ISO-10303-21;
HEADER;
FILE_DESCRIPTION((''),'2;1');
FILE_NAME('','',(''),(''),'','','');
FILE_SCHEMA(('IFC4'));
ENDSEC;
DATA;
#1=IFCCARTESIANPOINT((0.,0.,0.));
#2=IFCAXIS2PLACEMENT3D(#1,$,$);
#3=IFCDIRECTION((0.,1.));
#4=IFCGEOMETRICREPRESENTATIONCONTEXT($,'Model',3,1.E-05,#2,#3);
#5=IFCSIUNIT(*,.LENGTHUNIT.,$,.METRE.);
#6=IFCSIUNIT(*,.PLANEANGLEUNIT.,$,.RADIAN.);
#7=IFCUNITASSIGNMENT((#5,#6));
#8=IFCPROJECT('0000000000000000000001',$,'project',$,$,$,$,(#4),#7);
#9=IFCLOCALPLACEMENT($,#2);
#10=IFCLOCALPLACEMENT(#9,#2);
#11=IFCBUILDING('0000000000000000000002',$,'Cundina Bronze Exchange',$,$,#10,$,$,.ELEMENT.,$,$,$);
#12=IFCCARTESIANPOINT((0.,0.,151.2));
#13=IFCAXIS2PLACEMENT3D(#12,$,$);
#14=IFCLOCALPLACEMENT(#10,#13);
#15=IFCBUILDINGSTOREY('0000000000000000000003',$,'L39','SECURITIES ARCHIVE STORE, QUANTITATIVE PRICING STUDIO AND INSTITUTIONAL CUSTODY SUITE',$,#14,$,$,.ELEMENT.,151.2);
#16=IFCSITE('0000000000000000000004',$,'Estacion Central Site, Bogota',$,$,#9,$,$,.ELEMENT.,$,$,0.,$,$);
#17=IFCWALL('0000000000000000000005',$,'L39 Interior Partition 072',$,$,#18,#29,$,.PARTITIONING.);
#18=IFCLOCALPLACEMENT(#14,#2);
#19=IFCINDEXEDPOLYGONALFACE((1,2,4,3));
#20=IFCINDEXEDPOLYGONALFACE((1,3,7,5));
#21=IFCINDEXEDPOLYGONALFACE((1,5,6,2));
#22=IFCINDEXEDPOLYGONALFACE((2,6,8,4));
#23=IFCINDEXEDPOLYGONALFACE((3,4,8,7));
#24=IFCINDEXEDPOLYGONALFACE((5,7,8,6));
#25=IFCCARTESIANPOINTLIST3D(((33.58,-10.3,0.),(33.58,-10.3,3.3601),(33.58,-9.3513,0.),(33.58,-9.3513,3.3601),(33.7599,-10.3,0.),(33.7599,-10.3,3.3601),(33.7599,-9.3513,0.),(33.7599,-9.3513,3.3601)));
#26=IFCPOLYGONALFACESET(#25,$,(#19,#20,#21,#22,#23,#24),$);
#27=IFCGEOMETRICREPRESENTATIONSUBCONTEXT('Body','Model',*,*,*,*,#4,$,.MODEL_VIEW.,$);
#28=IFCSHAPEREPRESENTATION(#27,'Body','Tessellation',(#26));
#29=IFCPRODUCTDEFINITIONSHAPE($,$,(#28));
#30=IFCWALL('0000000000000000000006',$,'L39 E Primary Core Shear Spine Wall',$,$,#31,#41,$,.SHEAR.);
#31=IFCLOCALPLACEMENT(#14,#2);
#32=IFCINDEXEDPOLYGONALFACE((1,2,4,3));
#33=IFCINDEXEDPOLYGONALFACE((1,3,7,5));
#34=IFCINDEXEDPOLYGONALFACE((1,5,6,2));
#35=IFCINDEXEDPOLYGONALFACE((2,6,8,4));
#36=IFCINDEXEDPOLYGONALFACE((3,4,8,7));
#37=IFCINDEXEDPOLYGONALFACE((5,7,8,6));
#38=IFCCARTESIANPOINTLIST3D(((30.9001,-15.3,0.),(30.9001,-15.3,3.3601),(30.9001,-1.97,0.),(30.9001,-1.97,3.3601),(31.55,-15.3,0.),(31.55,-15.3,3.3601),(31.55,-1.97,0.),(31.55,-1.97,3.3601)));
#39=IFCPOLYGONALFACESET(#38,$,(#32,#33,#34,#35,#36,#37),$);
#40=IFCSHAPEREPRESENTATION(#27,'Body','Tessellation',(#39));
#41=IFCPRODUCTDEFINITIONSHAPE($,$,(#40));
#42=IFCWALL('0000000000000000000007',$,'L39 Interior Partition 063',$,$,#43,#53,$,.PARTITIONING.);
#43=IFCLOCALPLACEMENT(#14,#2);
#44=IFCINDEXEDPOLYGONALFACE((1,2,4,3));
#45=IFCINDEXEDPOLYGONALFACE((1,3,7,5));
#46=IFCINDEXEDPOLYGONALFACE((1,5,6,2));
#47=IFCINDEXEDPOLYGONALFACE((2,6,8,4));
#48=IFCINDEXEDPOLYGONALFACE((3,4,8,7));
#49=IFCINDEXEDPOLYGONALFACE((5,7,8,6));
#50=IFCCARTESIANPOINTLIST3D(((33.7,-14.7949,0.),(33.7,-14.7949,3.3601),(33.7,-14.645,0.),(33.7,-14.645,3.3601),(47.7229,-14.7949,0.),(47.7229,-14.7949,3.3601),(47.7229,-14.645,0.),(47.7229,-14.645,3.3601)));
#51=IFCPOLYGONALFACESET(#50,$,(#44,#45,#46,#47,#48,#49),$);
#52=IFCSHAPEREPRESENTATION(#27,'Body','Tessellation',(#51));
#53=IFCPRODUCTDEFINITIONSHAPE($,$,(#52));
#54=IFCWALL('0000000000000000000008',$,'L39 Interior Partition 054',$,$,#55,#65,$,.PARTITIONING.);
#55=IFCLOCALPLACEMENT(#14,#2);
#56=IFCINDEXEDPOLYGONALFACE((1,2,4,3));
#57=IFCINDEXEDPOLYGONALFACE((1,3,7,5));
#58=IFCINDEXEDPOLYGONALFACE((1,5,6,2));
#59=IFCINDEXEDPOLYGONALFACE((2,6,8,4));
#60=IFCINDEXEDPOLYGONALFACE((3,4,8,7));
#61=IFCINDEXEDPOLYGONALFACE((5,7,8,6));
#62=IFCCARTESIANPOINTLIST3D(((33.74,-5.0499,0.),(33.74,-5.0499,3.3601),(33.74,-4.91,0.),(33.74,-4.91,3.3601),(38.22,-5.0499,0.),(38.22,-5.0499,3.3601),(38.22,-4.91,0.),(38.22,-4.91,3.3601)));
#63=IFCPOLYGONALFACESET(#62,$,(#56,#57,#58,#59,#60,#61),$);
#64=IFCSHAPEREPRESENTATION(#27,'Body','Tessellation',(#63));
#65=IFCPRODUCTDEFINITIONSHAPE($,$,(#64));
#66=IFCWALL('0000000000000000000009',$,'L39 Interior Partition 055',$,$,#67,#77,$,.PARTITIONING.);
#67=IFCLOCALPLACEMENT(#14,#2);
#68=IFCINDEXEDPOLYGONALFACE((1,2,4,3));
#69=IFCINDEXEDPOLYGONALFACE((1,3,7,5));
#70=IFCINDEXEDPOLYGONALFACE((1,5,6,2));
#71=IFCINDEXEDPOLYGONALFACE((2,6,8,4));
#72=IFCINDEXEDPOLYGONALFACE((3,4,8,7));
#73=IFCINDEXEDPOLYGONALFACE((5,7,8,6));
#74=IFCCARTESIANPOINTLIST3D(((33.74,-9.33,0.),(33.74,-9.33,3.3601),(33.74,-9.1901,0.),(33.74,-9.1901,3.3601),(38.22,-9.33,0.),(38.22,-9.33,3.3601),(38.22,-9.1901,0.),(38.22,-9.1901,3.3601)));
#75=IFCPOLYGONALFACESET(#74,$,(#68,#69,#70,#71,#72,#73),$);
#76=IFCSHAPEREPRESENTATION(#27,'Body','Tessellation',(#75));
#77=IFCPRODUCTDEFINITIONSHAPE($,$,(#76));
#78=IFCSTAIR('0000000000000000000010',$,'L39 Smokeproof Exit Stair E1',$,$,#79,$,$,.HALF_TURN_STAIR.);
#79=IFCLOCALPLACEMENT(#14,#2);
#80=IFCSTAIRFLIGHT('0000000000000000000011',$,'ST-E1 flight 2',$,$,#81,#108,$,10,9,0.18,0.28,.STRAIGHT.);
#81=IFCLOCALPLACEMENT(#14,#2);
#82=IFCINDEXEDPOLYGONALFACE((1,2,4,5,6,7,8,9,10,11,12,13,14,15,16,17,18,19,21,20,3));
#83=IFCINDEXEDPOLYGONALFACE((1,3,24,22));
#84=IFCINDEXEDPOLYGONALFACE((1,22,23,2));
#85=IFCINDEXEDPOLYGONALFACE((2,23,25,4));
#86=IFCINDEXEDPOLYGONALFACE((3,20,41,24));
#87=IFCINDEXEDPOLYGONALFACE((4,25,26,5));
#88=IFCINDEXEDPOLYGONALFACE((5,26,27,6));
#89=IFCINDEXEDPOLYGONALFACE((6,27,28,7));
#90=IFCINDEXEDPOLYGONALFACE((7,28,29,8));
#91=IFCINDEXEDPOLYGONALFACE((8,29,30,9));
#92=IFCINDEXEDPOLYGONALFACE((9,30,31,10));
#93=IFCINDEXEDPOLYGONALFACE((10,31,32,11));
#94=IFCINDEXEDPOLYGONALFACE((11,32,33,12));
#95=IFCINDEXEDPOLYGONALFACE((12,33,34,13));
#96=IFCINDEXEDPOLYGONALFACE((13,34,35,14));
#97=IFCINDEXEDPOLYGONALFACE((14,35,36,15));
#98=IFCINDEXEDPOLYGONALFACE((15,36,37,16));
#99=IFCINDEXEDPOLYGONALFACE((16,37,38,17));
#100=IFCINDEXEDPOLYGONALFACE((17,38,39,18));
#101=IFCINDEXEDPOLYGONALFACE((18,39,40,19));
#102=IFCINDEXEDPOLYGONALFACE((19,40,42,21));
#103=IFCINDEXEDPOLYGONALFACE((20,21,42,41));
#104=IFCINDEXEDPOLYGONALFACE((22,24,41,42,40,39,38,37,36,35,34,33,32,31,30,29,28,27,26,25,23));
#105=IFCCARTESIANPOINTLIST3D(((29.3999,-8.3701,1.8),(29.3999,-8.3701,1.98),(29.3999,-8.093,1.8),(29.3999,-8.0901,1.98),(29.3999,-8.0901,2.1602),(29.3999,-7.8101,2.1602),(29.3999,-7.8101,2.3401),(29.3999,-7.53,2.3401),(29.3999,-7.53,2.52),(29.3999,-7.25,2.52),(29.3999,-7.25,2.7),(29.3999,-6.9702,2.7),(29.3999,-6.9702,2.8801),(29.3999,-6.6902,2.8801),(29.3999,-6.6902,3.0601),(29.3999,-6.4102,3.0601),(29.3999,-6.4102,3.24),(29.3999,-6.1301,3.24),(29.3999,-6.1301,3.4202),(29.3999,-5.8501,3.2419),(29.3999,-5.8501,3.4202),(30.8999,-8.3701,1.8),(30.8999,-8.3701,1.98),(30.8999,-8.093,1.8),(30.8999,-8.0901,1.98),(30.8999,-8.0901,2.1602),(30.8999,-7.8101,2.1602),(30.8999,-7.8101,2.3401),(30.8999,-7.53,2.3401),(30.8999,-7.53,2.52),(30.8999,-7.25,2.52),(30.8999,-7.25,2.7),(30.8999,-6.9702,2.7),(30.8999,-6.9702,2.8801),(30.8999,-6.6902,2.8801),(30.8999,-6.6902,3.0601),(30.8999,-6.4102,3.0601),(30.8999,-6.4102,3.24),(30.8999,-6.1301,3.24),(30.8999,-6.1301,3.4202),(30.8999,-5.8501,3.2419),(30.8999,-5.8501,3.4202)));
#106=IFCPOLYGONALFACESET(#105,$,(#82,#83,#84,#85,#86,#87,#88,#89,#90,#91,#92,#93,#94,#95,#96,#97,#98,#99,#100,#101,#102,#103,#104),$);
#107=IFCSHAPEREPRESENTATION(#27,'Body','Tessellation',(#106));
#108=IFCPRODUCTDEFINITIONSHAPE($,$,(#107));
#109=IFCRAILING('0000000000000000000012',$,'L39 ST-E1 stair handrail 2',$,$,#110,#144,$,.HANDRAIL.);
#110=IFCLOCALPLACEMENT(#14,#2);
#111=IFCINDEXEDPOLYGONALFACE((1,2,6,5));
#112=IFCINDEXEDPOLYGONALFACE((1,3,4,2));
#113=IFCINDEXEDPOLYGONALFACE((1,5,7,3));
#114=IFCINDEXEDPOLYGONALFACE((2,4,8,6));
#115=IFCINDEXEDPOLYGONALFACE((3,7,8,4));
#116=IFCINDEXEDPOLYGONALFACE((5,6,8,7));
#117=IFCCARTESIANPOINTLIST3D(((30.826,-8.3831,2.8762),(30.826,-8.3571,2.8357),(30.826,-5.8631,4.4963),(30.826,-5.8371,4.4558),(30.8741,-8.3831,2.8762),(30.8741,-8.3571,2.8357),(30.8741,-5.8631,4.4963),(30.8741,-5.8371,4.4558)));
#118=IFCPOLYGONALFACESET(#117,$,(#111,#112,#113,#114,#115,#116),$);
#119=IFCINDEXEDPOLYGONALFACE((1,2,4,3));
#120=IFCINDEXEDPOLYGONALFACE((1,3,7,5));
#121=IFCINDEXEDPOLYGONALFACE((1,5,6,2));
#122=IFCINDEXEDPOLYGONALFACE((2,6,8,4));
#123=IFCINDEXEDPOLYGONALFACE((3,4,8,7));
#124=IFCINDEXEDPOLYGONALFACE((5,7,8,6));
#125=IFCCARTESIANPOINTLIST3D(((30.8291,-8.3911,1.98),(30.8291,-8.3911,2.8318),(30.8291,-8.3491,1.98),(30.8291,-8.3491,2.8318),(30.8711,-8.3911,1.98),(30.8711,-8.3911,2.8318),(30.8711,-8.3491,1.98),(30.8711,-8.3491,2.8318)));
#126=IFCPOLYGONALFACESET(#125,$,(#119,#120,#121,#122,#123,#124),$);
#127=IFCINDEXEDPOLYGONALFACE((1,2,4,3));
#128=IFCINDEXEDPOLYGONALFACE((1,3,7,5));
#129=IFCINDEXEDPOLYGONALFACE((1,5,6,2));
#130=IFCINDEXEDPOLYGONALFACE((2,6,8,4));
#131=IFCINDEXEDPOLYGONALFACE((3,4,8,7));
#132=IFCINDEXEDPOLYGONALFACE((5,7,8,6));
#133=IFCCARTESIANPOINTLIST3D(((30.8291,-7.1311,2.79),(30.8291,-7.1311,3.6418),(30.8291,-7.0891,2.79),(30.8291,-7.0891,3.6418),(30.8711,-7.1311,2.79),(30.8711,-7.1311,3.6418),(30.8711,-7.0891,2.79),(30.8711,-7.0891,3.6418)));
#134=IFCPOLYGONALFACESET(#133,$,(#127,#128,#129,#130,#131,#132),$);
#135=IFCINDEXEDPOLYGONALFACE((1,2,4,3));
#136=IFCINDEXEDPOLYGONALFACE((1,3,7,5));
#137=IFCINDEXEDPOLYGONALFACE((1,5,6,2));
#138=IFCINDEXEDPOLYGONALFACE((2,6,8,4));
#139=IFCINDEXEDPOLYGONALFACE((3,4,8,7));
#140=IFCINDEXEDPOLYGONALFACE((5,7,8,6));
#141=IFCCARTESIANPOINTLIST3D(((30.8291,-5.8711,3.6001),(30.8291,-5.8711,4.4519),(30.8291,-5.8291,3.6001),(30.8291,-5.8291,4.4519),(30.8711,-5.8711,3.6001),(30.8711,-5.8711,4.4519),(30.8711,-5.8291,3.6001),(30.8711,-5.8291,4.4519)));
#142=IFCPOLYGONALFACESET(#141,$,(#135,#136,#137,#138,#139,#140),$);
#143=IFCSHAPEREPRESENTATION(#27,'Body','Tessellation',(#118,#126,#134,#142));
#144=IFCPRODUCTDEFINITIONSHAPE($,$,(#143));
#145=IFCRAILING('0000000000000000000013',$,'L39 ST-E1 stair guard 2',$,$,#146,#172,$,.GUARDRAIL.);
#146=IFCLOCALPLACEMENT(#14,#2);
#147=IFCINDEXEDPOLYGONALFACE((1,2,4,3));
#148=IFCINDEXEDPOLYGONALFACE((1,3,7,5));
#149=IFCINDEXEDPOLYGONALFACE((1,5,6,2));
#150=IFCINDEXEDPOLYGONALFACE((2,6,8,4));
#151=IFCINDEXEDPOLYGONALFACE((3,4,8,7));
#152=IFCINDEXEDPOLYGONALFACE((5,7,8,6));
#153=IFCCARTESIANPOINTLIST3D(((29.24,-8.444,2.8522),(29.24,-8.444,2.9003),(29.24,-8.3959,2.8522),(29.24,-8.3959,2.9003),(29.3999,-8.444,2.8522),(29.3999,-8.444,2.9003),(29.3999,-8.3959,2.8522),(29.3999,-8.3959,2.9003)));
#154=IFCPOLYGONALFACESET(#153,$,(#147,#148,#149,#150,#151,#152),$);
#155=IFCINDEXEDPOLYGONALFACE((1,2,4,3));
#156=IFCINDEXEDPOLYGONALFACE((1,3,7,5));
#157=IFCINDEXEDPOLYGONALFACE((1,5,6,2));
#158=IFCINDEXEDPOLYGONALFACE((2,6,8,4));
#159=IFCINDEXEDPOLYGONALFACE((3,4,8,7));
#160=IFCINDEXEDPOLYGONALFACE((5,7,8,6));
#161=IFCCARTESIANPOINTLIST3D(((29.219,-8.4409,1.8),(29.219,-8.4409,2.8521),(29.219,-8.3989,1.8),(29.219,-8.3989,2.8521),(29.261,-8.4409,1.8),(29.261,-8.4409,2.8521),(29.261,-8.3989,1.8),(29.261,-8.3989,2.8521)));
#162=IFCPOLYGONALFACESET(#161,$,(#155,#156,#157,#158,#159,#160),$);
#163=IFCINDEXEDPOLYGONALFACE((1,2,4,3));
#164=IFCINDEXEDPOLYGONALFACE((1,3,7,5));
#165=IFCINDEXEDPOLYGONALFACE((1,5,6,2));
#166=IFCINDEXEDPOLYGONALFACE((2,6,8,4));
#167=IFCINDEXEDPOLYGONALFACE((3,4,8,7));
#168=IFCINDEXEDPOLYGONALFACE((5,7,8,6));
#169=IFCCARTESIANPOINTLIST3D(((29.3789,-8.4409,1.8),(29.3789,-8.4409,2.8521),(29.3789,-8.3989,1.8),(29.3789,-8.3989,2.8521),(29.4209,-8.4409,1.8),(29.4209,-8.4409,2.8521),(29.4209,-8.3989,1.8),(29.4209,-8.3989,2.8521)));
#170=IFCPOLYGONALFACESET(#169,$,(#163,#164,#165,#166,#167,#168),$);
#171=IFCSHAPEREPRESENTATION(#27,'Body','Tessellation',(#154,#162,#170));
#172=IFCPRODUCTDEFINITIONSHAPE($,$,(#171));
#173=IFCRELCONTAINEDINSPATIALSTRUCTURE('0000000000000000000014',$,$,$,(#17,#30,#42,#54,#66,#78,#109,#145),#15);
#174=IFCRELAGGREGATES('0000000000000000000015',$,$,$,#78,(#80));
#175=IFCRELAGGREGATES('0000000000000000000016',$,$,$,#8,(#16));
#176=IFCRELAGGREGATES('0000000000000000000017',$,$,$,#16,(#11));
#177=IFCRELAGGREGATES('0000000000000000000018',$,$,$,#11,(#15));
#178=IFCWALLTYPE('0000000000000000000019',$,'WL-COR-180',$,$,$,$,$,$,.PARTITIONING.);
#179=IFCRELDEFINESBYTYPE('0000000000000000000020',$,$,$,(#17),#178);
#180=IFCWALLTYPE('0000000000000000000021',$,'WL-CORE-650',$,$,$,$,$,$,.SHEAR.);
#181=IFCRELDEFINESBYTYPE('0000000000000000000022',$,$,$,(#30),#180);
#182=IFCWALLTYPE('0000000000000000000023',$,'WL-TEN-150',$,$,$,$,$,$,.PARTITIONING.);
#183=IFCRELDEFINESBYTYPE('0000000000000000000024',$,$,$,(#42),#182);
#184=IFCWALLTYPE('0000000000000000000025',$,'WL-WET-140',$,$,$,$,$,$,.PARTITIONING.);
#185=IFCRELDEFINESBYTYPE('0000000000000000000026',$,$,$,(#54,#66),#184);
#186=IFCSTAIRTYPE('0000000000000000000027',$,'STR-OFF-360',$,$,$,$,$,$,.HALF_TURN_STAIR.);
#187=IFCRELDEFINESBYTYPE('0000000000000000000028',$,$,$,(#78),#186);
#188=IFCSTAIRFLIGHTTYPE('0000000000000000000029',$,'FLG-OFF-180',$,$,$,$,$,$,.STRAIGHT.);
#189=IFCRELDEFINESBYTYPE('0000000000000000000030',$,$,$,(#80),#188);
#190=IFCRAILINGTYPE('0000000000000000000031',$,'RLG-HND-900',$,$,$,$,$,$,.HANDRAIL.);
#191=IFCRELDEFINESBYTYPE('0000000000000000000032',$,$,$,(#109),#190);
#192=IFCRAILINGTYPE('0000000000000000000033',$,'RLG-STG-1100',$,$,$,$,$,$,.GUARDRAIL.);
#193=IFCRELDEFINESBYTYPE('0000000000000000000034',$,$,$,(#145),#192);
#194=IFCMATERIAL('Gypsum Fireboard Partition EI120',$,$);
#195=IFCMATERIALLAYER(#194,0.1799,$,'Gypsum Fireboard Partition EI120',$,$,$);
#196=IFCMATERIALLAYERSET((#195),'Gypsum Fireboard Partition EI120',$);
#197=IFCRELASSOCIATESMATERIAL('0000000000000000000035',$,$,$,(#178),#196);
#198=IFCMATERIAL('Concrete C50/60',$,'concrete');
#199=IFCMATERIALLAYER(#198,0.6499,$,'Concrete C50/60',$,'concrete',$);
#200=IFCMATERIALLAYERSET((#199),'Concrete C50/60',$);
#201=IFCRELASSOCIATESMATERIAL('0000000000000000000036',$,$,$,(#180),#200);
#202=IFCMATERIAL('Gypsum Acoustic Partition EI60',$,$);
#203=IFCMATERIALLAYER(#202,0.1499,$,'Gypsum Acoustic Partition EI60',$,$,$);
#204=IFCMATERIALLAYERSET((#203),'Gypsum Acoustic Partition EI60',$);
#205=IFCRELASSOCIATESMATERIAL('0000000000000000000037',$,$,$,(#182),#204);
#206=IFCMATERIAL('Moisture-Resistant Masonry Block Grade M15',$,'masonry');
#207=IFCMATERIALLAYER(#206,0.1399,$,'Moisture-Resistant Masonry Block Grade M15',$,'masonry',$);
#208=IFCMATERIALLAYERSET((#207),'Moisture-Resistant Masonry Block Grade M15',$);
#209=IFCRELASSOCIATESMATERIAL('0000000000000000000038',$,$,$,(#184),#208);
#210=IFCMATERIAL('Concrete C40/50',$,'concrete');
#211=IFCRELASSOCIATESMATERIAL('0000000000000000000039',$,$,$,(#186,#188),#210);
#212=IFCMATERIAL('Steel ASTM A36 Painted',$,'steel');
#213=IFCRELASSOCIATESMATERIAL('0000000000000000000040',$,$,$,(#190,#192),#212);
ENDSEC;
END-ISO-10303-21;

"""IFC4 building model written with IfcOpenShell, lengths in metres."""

from ifc_helpers import new_model, si_unit, direction, frame, frame_2d, origin, origin_2d, place, context, subcontext, project, spatial, polyline, rectangle, outline, extrude, material, layer, layer_set, type_object, element, aggregate, save


model = new_model("IFC4")

# Units and contexts
model_context = context("Model", 3, precision=1e-05, world=origin(), true_north=direction((0.0, 1.0)))
body_context = subcontext(model_context, "Body", "Model", "MODEL_VIEW")
ifc_project = project(units=[si_unit("LENGTHUNIT", "METRE"), si_unit("PLANEANGLEUNIT", "RADIAN")], contexts=[model_context])

# Site, building, storey
site_placement = place(None, origin())
site = spatial("IfcSite", under=ifc_project, at=site_placement, Name="Estacion Central Site, Bogota", CompositionType="ELEMENT", RefElevation=0.0)
building_placement = place(site_placement, origin())
building = spatial("IfcBuilding", under=site, at=building_placement, Name="Cundina Bronze Exchange", CompositionType="ELEMENT")
storey_placement = place(building_placement, frame((0.0, 0.0, 151.2)))
storey = spatial("IfcBuildingStorey", under=building, at=storey_placement, Name="L39", Description="SECURITIES ARCHIVE STORE, QUANTITATIVE PRICING STUDIO AND INSTITUTIONAL CUSTODY SUITE", CompositionType="ELEMENT", Elevation=151.2)

# Shared definitions
ifc_material_1 = material(Name="Concrete C50/60", Category="concrete")

# Shared definitions
ifc_material_2 = material(Name="Gypsum Fireboard Partition EI120")
ifc_layer_1 = layer(ifc_material_2, 0.1799, Name="Gypsum Fireboard Partition EI120")
ifc_layer_set_1 = layer_set([ifc_layer_1], Name="Gypsum Fireboard Partition EI120")
wall_type_1 = type_object("IfcWallType", Name="WL-COR-180", PredefinedType="PARTITIONING", material=ifc_layer_set_1)

# Walls
wall_1_placement = place(storey_placement, frame((33.6699, -10.3, 0.0), z_axis=(0.0, 0.0, 1.0), x_axis=(0.0, 1.0, 0.0)))
element("IfcWall", 1, at=wall_1_placement, inside=storey, type_object=wall_type_1, Name="L39 Interior Partition 072", PredefinedType="PARTITIONING", context=body_context, shape_type="SweptSolid", body=[
    extrude(rectangle(XDim=0.9487, YDim=0.1799, at=frame_2d((0.4744, 0.0))), origin(), (0.0, 0.0, 1.0), 3.3601),
])
ifc_layer_2 = layer(ifc_material_1, 0.6499, Name="Concrete C50/60", Category="concrete")
ifc_layer_set_2 = layer_set([ifc_layer_2], Name="Concrete C50/60")
wall_type_2 = type_object("IfcWallType", Name="WL-CORE-650", PredefinedType="SHEAR", material=ifc_layer_set_2)
wall_2_placement = place(storey_placement, frame((31.2251, -15.3, 0.0), z_axis=(0.0, 0.0, 1.0), x_axis=(0.0, 1.0, 0.0)))
element("IfcWall", 2, at=wall_2_placement, inside=storey, type_object=wall_type_2, Name="L39 E Primary Core Shear Spine Wall", PredefinedType="SHEAR", context=body_context, shape_type="SweptSolid", body=[
    extrude(rectangle(XDim=13.3301, YDim=0.6499, at=frame_2d((6.665, 0.0))), origin(), (0.0, 0.0, 1.0), 3.3601),
])
ifc_material_3 = material(Name="Gypsum Acoustic Partition EI60")
ifc_layer_3 = layer(ifc_material_3, 0.1499, Name="Gypsum Acoustic Partition EI60")
ifc_layer_set_3 = layer_set([ifc_layer_3], Name="Gypsum Acoustic Partition EI60")
wall_type_3 = type_object("IfcWallType", Name="WL-TEN-150", PredefinedType="PARTITIONING", material=ifc_layer_set_3)
wall_3_placement = place(storey_placement, frame((33.7, -14.72, 0.0), z_axis=(0.0, 0.0, 1.0), x_axis=(1.0, 0.0, 0.0)))
element("IfcWall", 3, at=wall_3_placement, inside=storey, type_object=wall_type_3, Name="L39 Interior Partition 063", PredefinedType="PARTITIONING", context=body_context, shape_type="SweptSolid", body=[
    extrude(rectangle(XDim=14.0229, YDim=0.1499, at=frame_2d((7.0115, 0.0))), origin(), (0.0, 0.0, 1.0), 3.3601),
])
ifc_material_4 = material(Name="Moisture-Resistant Masonry Block Grade M15", Category="masonry")
ifc_layer_4 = layer(ifc_material_4, 0.1399, Name="Moisture-Resistant Masonry Block Grade M15", Category="masonry")
ifc_layer_set_4 = layer_set([ifc_layer_4], Name="Moisture-Resistant Masonry Block Grade M15")
wall_type_4 = type_object("IfcWallType", Name="WL-WET-140", PredefinedType="PARTITIONING", material=ifc_layer_set_4)
for number, where, z_axis, x_axis, name in (
    (4, (33.74, -4.98, 0.0), (0.0, 0.0, 1.0), (1.0, 0.0, 0.0), "L39 Interior Partition 054"),
    (5, (33.74, -9.26, 0.0), (0.0, 0.0, 1.0), (1.0, 0.0, 0.0), "L39 Interior Partition 055"),
):
    element("IfcWall", number, at=place(storey_placement, frame(where, z_axis=z_axis, x_axis=x_axis)), inside=storey, type_object=wall_type_4, Name=name, PredefinedType="PARTITIONING", context=body_context, shape_type="SweptSolid", body=[
        extrude(rectangle(XDim=4.48, YDim=0.1399, at=frame_2d((2.24, 0.0))), origin(), (0.0, 0.0, 1.0), 3.3601),
    ])

# Stair, stair flight
ifc_material_5 = material(Name="Concrete C40/50", Category="concrete")
stair_type = type_object("IfcStairType", Name="STR-OFF-360", PredefinedType="HALF_TURN_STAIR", material=ifc_material_5)
stair_placement = place(storey_placement, origin())
stair = element("IfcStair", 6, at=stair_placement, inside=storey, type_object=stair_type, Name="L39 Smokeproof Exit Stair E1", PredefinedType="HALF_TURN_STAIR")
stair_flight_type = type_object("IfcStairFlightType", Name="FLG-OFF-180", PredefinedType="STRAIGHT", material=ifc_material_5)
stair_flight_placement = place(storey_placement, frame((30.1499, -8.3701, 1.8), z_axis=(0.0, 0.0, 1.0), x_axis=(0.0, 1.0, 0.0)))
stair_flight = element("IfcStairFlight", 7, at=stair_flight_placement, type_object=stair_flight_type, Name="ST-E1 flight 2", NumberOfRisers=10, NumberOfTreads=9, PredefinedType="STRAIGHT", RiserHeight=0.18, TreadLength=0.28, context=body_context, shape_type="SweptSolid", body=[
    extrude(outline(polyline([(0.0, 0.0), (0.0, 0.1799), (0.28, 0.1799), (0.28, 0.3601), (0.5601, 0.3601), (0.5601, 0.54), (0.8401, 0.54), (0.8401, 0.72), (1.1201, 0.72), (1.1201, 0.8999), (1.3999, 0.8999), (1.3999, 1.0801), (1.6799, 1.0801), (1.6799, 1.26), (1.96, 1.26), (1.96, 1.4399), (2.24, 1.4399), (2.24, 1.6201), (2.52, 1.6201), (2.52, 1.8), (2.52, 1.4419), (0.2771, 0.0), (0.0, 0.0)])), frame((0.0, 0.75, 0.0), z_axis=(0.0, -1.0, 0.0), x_axis=(1.0, 0.0, 0.0)), (0.0, 0.0, 1.0), 1.5),
])
aggregate(stair, [stair_flight])

# Railings
ifc_material_6 = material(Name="Steel ASTM A36 Painted", Category="steel")
railing_type_1 = type_object("IfcRailingType", Name="RLG-HND-900", PredefinedType="HANDRAIL", material=ifc_material_6)
railing_1_placement = place(storey_placement, frame((30.8501, -8.3701, 1.98)))
element("IfcRailing", 8, at=railing_1_placement, inside=storey, type_object=railing_type_1, Name="L39 ST-E1 stair handrail 2", PredefinedType="HANDRAIL", context=body_context, shape_type="SweptSolid", body=[
    extrude(rectangle(XDim=0.0481, YDim=0.0481, at=origin_2d()), frame((0.0, 0.0, 0.876), z_axis=(0.0, 0.841163, 0.540782), x_axis=(-1.0, 0.0, 0.0)), (0.0, 0.0, 1.0), 2.9958),
    extrude(rectangle(XDim=0.042, YDim=0.042, at=origin_2d()), origin(), (0.0, 0.0, 1.0), 0.8518),
    extrude(rectangle(XDim=0.042, YDim=0.042, at=origin_2d()), frame((0.0, 1.26, 0.8101)), (0.0, 0.0, 1.0), 0.8518),
    extrude(rectangle(XDim=0.042, YDim=0.042, at=origin_2d()), frame((0.0, 2.52, 1.6201)), (0.0, 0.0, 1.0), 0.8518),
])
railing_type_2 = type_object("IfcRailingType", Name="RLG-STG-1100", PredefinedType="GUARDRAIL", material=ifc_material_6)
railing_2_placement = place(storey_placement, frame((29.24, -8.4199, 1.8)))
element("IfcRailing", 9, at=railing_2_placement, inside=storey, type_object=railing_type_2, Name="L39 ST-E1 stair guard 2", PredefinedType="GUARDRAIL", context=body_context, shape_type="SweptSolid", body=[
    extrude(rectangle(XDim=0.0481, YDim=0.0481, at=origin_2d()), frame((0.0, 0.0, 1.0762), z_axis=(1.0, 0.0, 0.0), x_axis=(0.0, 1.0, 0.0)), (0.0, 0.0, 1.0), 0.1599),
    extrude(rectangle(XDim=0.042, YDim=0.042, at=origin_2d()), origin(), (0.0, 0.0, 1.0), 1.052),
    extrude(rectangle(XDim=0.042, YDim=0.042, at=origin_2d()), frame((0.1599, 0.0, 0.0)), (0.0, 0.0, 1.0), 1.052),
])

save(model, "model.ifc")
